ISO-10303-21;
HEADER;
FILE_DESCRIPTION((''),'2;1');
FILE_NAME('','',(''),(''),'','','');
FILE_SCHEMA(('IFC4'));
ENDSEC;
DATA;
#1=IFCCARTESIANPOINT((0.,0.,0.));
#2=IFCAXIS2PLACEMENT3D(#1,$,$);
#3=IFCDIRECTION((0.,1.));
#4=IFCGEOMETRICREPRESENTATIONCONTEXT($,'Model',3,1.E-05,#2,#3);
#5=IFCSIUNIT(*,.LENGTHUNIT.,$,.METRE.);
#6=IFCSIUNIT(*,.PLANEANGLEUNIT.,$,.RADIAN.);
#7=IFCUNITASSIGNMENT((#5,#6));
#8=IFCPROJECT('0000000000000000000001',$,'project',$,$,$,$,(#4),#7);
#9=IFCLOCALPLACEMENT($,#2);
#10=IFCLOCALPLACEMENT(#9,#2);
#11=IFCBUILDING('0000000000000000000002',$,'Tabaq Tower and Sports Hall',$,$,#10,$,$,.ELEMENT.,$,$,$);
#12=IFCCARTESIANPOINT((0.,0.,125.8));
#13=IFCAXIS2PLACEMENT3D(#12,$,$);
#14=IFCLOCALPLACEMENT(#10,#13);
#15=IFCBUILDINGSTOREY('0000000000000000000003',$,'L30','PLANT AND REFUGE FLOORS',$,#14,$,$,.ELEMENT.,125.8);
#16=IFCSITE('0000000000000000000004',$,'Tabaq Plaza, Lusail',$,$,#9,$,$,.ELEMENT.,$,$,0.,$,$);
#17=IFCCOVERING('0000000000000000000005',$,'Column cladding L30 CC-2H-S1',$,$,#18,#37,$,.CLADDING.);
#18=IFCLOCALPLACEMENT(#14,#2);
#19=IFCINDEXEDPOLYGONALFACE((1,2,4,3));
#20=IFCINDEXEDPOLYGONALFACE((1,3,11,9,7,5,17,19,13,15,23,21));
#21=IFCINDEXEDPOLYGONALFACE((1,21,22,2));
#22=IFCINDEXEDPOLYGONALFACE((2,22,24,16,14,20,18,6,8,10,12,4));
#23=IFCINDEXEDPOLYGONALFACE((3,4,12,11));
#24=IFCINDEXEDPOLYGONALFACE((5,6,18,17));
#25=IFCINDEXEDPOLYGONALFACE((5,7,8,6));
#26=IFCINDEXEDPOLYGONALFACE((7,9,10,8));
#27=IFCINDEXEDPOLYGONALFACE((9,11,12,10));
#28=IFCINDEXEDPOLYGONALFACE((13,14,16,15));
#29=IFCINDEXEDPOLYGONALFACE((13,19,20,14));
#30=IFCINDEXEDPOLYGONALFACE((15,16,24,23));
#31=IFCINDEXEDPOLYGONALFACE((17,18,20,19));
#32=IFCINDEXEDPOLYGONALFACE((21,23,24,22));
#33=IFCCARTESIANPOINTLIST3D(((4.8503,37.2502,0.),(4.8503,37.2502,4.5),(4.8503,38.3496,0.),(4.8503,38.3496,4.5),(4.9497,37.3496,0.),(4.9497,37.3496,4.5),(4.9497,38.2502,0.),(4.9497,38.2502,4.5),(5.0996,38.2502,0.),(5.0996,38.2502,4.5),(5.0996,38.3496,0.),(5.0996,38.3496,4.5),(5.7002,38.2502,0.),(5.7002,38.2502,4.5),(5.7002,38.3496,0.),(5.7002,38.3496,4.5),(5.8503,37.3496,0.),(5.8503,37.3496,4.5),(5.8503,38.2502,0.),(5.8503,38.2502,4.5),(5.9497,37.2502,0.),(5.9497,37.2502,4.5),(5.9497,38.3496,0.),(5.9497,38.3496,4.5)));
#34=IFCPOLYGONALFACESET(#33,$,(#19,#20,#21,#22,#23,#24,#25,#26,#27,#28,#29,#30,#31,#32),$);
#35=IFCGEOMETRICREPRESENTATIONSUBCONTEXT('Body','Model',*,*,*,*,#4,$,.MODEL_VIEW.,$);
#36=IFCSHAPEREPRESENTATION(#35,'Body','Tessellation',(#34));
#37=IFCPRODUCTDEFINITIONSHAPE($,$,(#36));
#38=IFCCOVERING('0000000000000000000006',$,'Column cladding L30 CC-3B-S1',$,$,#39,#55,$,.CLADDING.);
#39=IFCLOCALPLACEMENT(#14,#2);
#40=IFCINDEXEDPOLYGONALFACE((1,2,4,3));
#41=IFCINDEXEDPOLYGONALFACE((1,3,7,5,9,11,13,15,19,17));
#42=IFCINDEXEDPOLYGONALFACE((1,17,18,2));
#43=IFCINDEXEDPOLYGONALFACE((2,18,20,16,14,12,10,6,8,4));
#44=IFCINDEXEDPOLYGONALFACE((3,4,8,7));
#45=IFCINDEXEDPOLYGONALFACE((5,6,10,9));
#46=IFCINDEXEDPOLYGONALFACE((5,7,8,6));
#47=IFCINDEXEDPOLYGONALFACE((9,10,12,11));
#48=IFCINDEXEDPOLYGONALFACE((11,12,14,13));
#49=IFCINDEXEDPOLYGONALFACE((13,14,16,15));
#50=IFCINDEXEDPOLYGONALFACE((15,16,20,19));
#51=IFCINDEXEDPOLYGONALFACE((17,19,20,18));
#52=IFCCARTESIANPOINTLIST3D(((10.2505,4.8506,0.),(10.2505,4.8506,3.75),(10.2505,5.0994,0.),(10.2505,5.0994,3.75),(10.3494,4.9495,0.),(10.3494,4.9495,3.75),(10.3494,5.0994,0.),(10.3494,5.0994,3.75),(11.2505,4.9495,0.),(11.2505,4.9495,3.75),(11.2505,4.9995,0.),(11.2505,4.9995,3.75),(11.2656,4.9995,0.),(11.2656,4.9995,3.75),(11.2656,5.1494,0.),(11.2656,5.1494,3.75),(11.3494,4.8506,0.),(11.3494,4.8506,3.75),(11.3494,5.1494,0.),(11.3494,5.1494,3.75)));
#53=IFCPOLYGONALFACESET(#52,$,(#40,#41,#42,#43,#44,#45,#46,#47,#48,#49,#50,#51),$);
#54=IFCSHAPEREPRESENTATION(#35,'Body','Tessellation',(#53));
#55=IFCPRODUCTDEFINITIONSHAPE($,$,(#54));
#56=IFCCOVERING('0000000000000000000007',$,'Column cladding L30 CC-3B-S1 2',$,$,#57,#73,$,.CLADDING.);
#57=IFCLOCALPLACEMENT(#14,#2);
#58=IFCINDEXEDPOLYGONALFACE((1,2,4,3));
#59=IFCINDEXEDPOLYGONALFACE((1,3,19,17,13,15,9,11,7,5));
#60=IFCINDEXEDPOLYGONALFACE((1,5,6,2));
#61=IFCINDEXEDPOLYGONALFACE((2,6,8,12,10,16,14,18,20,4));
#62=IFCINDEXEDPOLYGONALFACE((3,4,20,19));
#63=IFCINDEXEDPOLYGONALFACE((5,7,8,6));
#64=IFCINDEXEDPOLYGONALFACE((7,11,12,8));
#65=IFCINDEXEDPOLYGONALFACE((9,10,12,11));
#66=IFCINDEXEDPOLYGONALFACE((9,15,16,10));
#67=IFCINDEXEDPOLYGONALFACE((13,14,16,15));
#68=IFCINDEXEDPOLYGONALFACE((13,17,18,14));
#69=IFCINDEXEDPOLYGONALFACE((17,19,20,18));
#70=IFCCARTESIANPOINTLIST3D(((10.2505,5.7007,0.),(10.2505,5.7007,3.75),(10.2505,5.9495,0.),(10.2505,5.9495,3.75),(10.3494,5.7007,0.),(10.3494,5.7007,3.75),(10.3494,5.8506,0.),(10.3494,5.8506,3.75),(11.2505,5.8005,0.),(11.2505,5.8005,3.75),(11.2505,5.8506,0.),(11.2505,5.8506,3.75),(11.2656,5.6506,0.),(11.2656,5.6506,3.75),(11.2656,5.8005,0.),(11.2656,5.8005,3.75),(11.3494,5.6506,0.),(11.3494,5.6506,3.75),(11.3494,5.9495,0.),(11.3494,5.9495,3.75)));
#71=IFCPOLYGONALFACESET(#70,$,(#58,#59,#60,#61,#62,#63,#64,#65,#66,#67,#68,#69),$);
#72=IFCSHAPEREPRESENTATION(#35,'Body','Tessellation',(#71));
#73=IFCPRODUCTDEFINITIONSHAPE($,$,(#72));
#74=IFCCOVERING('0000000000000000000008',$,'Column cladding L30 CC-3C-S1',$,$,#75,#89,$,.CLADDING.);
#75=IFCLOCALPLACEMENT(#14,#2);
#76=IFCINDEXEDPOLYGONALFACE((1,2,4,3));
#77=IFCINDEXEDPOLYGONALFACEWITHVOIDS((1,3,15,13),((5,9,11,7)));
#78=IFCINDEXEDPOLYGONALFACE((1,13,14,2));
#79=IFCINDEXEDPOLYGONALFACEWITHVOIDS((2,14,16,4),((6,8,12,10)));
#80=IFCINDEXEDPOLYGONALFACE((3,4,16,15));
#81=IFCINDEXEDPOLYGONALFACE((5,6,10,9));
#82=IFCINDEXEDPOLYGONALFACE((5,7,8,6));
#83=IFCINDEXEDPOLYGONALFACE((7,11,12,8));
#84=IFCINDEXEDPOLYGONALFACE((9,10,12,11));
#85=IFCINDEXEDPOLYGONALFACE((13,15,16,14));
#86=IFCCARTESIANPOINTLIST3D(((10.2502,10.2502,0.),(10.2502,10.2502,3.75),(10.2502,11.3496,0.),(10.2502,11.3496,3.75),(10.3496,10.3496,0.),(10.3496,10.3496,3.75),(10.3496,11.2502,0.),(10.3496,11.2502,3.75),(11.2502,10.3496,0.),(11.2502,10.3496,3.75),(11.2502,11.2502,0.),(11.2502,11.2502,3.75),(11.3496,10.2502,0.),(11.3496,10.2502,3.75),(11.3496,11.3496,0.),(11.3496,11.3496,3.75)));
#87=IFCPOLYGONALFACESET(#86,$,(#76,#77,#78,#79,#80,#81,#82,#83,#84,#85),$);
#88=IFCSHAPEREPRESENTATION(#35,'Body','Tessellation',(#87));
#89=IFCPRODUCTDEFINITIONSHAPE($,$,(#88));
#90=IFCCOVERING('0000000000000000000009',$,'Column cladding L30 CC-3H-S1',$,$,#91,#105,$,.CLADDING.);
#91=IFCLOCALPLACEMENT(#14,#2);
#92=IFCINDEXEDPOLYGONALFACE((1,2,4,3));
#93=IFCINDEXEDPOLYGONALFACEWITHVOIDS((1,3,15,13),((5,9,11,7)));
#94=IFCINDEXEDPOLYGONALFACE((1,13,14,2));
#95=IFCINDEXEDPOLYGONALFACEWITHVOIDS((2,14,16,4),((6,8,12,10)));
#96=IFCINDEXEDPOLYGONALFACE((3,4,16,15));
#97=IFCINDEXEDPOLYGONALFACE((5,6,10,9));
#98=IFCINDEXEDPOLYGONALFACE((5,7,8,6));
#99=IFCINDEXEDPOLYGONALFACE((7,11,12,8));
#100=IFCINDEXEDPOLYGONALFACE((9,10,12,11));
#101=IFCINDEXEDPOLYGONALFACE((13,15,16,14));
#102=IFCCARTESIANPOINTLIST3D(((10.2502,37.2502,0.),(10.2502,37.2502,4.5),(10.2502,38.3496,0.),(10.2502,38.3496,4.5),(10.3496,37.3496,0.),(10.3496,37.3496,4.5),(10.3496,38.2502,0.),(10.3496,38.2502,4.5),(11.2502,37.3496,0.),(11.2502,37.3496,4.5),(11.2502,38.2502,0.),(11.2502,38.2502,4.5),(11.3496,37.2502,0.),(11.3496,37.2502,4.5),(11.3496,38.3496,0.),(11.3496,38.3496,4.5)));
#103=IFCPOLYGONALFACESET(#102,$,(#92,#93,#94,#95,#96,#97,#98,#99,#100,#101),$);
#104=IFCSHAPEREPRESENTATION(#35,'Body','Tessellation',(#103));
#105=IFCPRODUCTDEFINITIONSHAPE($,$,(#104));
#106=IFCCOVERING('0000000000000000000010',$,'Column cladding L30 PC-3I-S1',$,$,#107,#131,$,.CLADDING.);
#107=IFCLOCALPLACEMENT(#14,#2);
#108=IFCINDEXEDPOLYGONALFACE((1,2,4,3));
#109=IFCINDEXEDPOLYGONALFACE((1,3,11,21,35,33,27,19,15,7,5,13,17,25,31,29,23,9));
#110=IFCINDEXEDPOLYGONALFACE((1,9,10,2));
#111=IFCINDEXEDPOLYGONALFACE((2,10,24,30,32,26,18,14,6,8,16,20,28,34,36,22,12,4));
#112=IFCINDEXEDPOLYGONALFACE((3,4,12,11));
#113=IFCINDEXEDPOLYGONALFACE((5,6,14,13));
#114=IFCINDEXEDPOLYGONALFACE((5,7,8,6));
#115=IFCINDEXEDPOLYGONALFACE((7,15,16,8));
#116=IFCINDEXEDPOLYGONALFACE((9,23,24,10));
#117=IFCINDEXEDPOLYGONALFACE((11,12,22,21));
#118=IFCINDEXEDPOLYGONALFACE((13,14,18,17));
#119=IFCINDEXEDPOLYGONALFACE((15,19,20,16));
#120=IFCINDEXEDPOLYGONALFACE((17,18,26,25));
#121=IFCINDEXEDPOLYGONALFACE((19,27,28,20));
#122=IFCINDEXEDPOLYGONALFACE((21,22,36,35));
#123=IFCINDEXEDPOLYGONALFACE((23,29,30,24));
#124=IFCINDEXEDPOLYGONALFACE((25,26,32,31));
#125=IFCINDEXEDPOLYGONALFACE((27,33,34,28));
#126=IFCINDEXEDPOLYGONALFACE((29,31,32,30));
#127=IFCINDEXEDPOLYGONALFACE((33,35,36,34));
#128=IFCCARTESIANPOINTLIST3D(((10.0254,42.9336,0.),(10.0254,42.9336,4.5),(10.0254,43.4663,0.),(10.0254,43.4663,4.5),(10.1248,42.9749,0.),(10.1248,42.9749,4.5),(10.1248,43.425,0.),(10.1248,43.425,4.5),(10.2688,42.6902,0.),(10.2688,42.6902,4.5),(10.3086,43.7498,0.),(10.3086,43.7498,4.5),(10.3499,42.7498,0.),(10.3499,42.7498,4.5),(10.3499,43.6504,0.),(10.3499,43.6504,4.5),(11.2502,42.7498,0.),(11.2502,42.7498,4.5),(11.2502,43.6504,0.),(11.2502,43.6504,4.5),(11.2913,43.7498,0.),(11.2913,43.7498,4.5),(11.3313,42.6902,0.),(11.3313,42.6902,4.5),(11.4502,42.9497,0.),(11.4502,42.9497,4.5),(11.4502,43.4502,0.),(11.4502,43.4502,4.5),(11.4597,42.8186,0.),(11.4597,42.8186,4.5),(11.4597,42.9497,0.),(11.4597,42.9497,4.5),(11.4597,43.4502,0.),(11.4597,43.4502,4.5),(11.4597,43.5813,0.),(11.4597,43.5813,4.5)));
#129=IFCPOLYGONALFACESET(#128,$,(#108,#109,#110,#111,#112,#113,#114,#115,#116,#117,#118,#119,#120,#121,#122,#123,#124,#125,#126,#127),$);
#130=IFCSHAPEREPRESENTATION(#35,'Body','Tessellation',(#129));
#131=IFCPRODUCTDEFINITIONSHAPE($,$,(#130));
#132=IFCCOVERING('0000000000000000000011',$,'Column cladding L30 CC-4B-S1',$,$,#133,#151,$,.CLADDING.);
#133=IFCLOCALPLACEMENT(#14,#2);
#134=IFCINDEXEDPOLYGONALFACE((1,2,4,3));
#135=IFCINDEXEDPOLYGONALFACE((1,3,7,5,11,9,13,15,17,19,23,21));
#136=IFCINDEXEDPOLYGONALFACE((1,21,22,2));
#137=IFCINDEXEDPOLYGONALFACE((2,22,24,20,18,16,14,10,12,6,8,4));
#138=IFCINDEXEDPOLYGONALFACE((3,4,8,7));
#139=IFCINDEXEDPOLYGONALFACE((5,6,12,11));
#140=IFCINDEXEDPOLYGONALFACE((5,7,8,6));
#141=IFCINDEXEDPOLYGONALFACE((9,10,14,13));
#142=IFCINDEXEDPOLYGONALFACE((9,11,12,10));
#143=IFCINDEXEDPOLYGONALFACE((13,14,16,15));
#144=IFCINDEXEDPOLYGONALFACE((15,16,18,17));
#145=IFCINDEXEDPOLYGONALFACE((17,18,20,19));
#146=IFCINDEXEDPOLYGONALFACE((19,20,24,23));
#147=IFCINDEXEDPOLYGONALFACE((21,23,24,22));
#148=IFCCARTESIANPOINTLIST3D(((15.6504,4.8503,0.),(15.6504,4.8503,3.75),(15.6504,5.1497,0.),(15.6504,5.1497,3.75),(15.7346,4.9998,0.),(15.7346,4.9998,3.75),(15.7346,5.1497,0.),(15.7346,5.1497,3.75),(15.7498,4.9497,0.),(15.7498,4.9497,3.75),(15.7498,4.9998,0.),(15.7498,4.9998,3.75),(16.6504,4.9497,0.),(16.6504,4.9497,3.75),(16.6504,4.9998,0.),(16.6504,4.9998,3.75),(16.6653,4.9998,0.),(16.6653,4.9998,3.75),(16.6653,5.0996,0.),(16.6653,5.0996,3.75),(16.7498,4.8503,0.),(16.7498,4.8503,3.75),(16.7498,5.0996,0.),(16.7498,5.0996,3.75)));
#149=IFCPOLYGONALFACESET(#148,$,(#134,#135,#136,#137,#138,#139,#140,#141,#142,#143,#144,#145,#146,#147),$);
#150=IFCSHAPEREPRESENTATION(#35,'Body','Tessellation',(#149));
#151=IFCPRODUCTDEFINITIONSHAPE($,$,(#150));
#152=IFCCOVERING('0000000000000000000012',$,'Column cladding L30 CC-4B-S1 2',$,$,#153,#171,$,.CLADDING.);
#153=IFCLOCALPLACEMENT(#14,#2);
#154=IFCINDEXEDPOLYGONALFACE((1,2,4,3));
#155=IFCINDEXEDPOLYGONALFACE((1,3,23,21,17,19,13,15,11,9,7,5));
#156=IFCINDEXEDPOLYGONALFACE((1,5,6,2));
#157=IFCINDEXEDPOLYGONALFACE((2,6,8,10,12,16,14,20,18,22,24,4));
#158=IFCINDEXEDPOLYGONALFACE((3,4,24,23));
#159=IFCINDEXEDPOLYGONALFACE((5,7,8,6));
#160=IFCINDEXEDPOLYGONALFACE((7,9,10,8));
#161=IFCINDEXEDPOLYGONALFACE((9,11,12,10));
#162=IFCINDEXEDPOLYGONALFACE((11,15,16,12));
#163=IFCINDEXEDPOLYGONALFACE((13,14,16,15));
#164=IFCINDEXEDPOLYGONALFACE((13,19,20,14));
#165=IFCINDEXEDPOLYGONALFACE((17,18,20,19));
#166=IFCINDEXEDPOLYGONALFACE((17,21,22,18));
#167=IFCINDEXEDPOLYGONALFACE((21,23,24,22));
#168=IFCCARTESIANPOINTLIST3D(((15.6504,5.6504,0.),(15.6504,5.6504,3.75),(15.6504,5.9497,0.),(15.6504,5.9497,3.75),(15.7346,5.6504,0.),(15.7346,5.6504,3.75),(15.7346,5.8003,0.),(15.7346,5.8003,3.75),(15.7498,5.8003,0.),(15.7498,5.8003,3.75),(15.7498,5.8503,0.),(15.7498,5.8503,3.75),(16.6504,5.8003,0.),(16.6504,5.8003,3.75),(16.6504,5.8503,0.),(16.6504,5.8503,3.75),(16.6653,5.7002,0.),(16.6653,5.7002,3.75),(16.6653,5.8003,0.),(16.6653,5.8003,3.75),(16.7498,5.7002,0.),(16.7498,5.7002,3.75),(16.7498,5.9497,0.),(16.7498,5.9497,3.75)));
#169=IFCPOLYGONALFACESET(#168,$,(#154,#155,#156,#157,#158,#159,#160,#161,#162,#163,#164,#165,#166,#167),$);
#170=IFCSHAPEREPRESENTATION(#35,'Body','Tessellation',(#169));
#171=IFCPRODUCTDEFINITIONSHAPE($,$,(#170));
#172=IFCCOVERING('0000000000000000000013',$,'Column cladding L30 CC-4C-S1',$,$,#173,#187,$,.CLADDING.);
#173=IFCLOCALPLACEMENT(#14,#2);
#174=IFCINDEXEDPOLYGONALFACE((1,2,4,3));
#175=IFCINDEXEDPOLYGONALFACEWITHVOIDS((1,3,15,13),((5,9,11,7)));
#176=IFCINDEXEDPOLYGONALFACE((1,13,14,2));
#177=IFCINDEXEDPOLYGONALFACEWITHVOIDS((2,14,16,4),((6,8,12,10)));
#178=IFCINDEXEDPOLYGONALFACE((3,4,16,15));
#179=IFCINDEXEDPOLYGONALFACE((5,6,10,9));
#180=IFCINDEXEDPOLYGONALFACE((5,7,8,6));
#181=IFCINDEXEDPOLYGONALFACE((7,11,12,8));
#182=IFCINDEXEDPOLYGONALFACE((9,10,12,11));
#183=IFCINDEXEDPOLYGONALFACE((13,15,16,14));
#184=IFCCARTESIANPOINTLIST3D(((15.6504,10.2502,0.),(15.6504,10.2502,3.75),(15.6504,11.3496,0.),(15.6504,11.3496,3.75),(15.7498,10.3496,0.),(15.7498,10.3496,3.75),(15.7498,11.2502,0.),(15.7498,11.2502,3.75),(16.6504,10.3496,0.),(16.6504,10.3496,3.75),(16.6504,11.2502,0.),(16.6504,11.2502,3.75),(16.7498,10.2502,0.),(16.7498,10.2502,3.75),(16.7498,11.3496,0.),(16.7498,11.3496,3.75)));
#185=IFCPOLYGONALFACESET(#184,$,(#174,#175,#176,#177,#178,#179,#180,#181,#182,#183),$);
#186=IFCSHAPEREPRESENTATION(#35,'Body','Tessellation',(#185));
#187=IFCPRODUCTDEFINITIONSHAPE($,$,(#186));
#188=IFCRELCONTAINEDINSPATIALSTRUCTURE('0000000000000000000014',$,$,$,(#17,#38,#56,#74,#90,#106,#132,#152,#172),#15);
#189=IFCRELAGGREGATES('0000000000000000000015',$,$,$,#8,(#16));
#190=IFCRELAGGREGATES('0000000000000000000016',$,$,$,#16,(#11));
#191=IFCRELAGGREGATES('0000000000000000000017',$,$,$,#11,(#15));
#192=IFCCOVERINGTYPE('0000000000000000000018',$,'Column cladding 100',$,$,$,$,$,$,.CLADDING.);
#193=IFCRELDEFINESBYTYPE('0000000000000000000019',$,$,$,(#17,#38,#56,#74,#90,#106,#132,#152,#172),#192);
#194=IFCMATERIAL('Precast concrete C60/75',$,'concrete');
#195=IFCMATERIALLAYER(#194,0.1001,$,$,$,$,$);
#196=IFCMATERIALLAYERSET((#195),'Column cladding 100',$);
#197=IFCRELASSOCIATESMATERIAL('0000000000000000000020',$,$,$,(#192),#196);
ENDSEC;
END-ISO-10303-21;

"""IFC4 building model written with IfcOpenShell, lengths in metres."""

from ifc_helpers import new_model, si_unit, direction, frame, origin, place, context, subcontext, project, spatial, polyline, outline, extrude, material, layer, layer_set, type_object, element, save


model = new_model("IFC4")

# Units and contexts
model_context = context("Model", 3, precision=1e-05, world=origin(), true_north=direction((0.0, 1.0)))
body_context = subcontext(model_context, "Body", "Model", "MODEL_VIEW")
ifc_project = project(units=[si_unit("LENGTHUNIT", "METRE"), si_unit("PLANEANGLEUNIT", "RADIAN")], contexts=[model_context])

# Site, building, storey
site_placement = place(None, origin())
site = spatial("IfcSite", under=ifc_project, at=site_placement, Name="Tabaq Plaza, Lusail", CompositionType="ELEMENT", RefElevation=0.0)
building_placement = place(site_placement, origin())
building = spatial("IfcBuilding", under=site, at=building_placement, Name="Tabaq Tower and Sports Hall", CompositionType="ELEMENT")
storey_placement = place(building_placement, frame((0.0, 0.0, 125.8)))
storey = spatial("IfcBuildingStorey", under=building, at=storey_placement, Name="L30", Description="PLANT AND REFUGE FLOORS", CompositionType="ELEMENT", Elevation=125.8)

# Coverings
ifc_material_1 = material(Name="Precast concrete C60/75", Category="concrete")
ifc_layer_1 = layer(ifc_material_1, 0.1001)
ifc_layer_set_1 = layer_set([ifc_layer_1], Name="Column cladding 100")
covering_type = type_object("IfcCoveringType", Name="Column cladding 100", PredefinedType="CLADDING", material=ifc_layer_set_1)
covering_1_placement = place(storey_placement, origin())
element("IfcCovering", 1, at=covering_1_placement, inside=storey, type_object=covering_type, Name="Column cladding L30 CC-2H-S1", PredefinedType="CLADDING", context=body_context, shape_type="SweptSolid", body=[
    extrude(outline(polyline([(5.0996, 38.3496), (5.0996, 38.2502), (4.9497, 38.2502), (4.9497, 37.3496), (5.8503, 37.3496), (5.8503, 38.2502), (5.7002, 38.2502), (5.7002, 38.3496), (5.9497, 38.3496), (5.9497, 37.2502), (4.8503, 37.2502), (4.8503, 38.3496), (5.0996, 38.3496)])), origin(), (0.0, 0.0, 1.0), 4.5),
])
covering_2_placement = place(storey_placement, origin())
element("IfcCovering", 2, at=covering_2_placement, inside=storey, type_object=covering_type, Name="Column cladding L30 CC-3B-S1", PredefinedType="CLADDING", context=body_context, shape_type="SweptSolid", body=[
    extrude(outline(polyline([(10.3494, 5.0994), (10.3494, 4.9495), (11.2505, 4.9495), (11.2505, 4.9995), (11.2656, 4.9995), (11.2656, 5.1494), (11.3494, 5.1494), (11.3494, 4.8506), (10.2505, 4.8506), (10.2505, 5.0994), (10.3494, 5.0994)])), origin(), (0.0, 0.0, 1.0), 3.75),
])
covering_3_placement = place(storey_placement, origin())
element("IfcCovering", 3, at=covering_3_placement, inside=storey, type_object=covering_type, Name="Column cladding L30 CC-3B-S1 2", PredefinedType="CLADDING", context=body_context, shape_type="SweptSolid", body=[
    extrude(outline(polyline([(10.3494, 5.7007), (10.2505, 5.7007), (10.2505, 5.9495), (11.3494, 5.9495), (11.3494, 5.6506), (11.2656, 5.6506), (11.2656, 5.8005), (11.2505, 5.8005), (11.2505, 5.8506), (10.3494, 5.8506), (10.3494, 5.7007)])), origin(), (0.0, 0.0, 1.0), 3.75),
])
covering_4_placement = place(storey_placement, origin())
element("IfcCovering", 4, at=covering_4_placement, inside=storey, type_object=covering_type, Name="Column cladding L30 CC-3C-S1", PredefinedType="CLADDING", context=body_context, shape_type="SweptSolid", body=[
    extrude(outline(polyline([(10.2502, 11.3496), (11.3496, 11.3496), (11.3496, 10.2502), (10.2502, 10.2502), (10.2502, 11.3496)]), holes=[polyline([(11.2502, 10.3496), (11.2502, 11.2502), (10.3496, 11.2502), (10.3496, 10.3496), (11.2502, 10.3496)])]), origin(), (0.0, 0.0, 1.0), 3.75),
])
covering_5_placement = place(storey_placement, origin())
element("IfcCovering", 5, at=covering_5_placement, inside=storey, type_object=covering_type, Name="Column cladding L30 CC-3H-S1", PredefinedType="CLADDING", context=body_context, shape_type="SweptSolid", body=[
    extrude(outline(polyline([(10.2502, 38.3496), (11.3496, 38.3496), (11.3496, 37.2502), (10.2502, 37.2502), (10.2502, 38.3496)]), holes=[polyline([(11.2502, 37.3496), (11.2502, 38.2502), (10.3496, 38.2502), (10.3496, 37.3496), (11.2502, 37.3496)])]), origin(), (0.0, 0.0, 1.0), 4.5),
])
covering_6_placement = place(storey_placement, origin())
element("IfcCovering", 6, at=covering_6_placement, inside=storey, type_object=covering_type, Name="Column cladding L30 PC-3I-S1", PredefinedType="CLADDING", context=body_context, shape_type="SweptSolid", body=[
    extrude(outline(polyline([(10.0254, 43.4663), (10.3086, 43.7498), (11.2913, 43.7498), (11.4597, 43.5813), (11.4597, 43.4502), (11.4502, 43.4502), (11.2502, 43.6504), (10.3499, 43.6504), (10.1248, 43.425), (10.1248, 42.9749), (10.3499, 42.7498), (11.2502, 42.7498), (11.4502, 42.9497), (11.4597, 42.9497), (11.4597, 42.8186), (11.3313, 42.6902), (10.2688, 42.6902), (10.0254, 42.9336), (10.0254, 43.4663)])), origin(), (0.0, 0.0, 1.0), 4.5),
])
covering_7_placement = place(storey_placement, origin())
element("IfcCovering", 7, at=covering_7_placement, inside=storey, type_object=covering_type, Name="Column cladding L30 CC-4B-S1", PredefinedType="CLADDING", context=body_context, shape_type="SweptSolid", body=[
    extrude(outline(polyline([(16.7498, 4.8503), (15.6504, 4.8503), (15.6504, 5.1497), (15.7346, 5.1497), (15.7346, 4.9998), (15.7498, 4.9998), (15.7498, 4.9497), (16.6504, 4.9497), (16.6504, 4.9998), (16.6653, 4.9998), (16.6653, 5.0996), (16.7498, 5.0996), (16.7498, 4.8503)])), origin(), (0.0, 0.0, 1.0), 3.75),
])
covering_8_placement = place(storey_placement, origin())
element("IfcCovering", 8, at=covering_8_placement, inside=storey, type_object=covering_type, Name="Column cladding L30 CC-4B-S1 2", PredefinedType="CLADDING", context=body_context, shape_type="SweptSolid", body=[
    extrude(outline(polyline([(16.7498, 5.9497), (16.7498, 5.7002), (16.6653, 5.7002), (16.6653, 5.8003), (16.6504, 5.8003), (16.6504, 5.8503), (15.7498, 5.8503), (15.7498, 5.8003), (15.7346, 5.8003), (15.7346, 5.6504), (15.6504, 5.6504), (15.6504, 5.9497), (16.7498, 5.9497)])), origin(), (0.0, 0.0, 1.0), 3.75),
])
covering_9_placement = place(storey_placement, origin())
element("IfcCovering", 9, at=covering_9_placement, inside=storey, type_object=covering_type, Name="Column cladding L30 CC-4C-S1", PredefinedType="CLADDING", context=body_context, shape_type="SweptSolid", body=[
    extrude(outline(polyline([(15.6504, 11.3496), (16.7498, 11.3496), (16.7498, 10.2502), (15.6504, 10.2502), (15.6504, 11.3496)]), holes=[polyline([(16.6504, 10.3496), (16.6504, 11.2502), (15.7498, 11.2502), (15.7498, 10.3496), (16.6504, 10.3496)])]), origin(), (0.0, 0.0, 1.0), 3.75),
])

save(model, "model.ifc")
